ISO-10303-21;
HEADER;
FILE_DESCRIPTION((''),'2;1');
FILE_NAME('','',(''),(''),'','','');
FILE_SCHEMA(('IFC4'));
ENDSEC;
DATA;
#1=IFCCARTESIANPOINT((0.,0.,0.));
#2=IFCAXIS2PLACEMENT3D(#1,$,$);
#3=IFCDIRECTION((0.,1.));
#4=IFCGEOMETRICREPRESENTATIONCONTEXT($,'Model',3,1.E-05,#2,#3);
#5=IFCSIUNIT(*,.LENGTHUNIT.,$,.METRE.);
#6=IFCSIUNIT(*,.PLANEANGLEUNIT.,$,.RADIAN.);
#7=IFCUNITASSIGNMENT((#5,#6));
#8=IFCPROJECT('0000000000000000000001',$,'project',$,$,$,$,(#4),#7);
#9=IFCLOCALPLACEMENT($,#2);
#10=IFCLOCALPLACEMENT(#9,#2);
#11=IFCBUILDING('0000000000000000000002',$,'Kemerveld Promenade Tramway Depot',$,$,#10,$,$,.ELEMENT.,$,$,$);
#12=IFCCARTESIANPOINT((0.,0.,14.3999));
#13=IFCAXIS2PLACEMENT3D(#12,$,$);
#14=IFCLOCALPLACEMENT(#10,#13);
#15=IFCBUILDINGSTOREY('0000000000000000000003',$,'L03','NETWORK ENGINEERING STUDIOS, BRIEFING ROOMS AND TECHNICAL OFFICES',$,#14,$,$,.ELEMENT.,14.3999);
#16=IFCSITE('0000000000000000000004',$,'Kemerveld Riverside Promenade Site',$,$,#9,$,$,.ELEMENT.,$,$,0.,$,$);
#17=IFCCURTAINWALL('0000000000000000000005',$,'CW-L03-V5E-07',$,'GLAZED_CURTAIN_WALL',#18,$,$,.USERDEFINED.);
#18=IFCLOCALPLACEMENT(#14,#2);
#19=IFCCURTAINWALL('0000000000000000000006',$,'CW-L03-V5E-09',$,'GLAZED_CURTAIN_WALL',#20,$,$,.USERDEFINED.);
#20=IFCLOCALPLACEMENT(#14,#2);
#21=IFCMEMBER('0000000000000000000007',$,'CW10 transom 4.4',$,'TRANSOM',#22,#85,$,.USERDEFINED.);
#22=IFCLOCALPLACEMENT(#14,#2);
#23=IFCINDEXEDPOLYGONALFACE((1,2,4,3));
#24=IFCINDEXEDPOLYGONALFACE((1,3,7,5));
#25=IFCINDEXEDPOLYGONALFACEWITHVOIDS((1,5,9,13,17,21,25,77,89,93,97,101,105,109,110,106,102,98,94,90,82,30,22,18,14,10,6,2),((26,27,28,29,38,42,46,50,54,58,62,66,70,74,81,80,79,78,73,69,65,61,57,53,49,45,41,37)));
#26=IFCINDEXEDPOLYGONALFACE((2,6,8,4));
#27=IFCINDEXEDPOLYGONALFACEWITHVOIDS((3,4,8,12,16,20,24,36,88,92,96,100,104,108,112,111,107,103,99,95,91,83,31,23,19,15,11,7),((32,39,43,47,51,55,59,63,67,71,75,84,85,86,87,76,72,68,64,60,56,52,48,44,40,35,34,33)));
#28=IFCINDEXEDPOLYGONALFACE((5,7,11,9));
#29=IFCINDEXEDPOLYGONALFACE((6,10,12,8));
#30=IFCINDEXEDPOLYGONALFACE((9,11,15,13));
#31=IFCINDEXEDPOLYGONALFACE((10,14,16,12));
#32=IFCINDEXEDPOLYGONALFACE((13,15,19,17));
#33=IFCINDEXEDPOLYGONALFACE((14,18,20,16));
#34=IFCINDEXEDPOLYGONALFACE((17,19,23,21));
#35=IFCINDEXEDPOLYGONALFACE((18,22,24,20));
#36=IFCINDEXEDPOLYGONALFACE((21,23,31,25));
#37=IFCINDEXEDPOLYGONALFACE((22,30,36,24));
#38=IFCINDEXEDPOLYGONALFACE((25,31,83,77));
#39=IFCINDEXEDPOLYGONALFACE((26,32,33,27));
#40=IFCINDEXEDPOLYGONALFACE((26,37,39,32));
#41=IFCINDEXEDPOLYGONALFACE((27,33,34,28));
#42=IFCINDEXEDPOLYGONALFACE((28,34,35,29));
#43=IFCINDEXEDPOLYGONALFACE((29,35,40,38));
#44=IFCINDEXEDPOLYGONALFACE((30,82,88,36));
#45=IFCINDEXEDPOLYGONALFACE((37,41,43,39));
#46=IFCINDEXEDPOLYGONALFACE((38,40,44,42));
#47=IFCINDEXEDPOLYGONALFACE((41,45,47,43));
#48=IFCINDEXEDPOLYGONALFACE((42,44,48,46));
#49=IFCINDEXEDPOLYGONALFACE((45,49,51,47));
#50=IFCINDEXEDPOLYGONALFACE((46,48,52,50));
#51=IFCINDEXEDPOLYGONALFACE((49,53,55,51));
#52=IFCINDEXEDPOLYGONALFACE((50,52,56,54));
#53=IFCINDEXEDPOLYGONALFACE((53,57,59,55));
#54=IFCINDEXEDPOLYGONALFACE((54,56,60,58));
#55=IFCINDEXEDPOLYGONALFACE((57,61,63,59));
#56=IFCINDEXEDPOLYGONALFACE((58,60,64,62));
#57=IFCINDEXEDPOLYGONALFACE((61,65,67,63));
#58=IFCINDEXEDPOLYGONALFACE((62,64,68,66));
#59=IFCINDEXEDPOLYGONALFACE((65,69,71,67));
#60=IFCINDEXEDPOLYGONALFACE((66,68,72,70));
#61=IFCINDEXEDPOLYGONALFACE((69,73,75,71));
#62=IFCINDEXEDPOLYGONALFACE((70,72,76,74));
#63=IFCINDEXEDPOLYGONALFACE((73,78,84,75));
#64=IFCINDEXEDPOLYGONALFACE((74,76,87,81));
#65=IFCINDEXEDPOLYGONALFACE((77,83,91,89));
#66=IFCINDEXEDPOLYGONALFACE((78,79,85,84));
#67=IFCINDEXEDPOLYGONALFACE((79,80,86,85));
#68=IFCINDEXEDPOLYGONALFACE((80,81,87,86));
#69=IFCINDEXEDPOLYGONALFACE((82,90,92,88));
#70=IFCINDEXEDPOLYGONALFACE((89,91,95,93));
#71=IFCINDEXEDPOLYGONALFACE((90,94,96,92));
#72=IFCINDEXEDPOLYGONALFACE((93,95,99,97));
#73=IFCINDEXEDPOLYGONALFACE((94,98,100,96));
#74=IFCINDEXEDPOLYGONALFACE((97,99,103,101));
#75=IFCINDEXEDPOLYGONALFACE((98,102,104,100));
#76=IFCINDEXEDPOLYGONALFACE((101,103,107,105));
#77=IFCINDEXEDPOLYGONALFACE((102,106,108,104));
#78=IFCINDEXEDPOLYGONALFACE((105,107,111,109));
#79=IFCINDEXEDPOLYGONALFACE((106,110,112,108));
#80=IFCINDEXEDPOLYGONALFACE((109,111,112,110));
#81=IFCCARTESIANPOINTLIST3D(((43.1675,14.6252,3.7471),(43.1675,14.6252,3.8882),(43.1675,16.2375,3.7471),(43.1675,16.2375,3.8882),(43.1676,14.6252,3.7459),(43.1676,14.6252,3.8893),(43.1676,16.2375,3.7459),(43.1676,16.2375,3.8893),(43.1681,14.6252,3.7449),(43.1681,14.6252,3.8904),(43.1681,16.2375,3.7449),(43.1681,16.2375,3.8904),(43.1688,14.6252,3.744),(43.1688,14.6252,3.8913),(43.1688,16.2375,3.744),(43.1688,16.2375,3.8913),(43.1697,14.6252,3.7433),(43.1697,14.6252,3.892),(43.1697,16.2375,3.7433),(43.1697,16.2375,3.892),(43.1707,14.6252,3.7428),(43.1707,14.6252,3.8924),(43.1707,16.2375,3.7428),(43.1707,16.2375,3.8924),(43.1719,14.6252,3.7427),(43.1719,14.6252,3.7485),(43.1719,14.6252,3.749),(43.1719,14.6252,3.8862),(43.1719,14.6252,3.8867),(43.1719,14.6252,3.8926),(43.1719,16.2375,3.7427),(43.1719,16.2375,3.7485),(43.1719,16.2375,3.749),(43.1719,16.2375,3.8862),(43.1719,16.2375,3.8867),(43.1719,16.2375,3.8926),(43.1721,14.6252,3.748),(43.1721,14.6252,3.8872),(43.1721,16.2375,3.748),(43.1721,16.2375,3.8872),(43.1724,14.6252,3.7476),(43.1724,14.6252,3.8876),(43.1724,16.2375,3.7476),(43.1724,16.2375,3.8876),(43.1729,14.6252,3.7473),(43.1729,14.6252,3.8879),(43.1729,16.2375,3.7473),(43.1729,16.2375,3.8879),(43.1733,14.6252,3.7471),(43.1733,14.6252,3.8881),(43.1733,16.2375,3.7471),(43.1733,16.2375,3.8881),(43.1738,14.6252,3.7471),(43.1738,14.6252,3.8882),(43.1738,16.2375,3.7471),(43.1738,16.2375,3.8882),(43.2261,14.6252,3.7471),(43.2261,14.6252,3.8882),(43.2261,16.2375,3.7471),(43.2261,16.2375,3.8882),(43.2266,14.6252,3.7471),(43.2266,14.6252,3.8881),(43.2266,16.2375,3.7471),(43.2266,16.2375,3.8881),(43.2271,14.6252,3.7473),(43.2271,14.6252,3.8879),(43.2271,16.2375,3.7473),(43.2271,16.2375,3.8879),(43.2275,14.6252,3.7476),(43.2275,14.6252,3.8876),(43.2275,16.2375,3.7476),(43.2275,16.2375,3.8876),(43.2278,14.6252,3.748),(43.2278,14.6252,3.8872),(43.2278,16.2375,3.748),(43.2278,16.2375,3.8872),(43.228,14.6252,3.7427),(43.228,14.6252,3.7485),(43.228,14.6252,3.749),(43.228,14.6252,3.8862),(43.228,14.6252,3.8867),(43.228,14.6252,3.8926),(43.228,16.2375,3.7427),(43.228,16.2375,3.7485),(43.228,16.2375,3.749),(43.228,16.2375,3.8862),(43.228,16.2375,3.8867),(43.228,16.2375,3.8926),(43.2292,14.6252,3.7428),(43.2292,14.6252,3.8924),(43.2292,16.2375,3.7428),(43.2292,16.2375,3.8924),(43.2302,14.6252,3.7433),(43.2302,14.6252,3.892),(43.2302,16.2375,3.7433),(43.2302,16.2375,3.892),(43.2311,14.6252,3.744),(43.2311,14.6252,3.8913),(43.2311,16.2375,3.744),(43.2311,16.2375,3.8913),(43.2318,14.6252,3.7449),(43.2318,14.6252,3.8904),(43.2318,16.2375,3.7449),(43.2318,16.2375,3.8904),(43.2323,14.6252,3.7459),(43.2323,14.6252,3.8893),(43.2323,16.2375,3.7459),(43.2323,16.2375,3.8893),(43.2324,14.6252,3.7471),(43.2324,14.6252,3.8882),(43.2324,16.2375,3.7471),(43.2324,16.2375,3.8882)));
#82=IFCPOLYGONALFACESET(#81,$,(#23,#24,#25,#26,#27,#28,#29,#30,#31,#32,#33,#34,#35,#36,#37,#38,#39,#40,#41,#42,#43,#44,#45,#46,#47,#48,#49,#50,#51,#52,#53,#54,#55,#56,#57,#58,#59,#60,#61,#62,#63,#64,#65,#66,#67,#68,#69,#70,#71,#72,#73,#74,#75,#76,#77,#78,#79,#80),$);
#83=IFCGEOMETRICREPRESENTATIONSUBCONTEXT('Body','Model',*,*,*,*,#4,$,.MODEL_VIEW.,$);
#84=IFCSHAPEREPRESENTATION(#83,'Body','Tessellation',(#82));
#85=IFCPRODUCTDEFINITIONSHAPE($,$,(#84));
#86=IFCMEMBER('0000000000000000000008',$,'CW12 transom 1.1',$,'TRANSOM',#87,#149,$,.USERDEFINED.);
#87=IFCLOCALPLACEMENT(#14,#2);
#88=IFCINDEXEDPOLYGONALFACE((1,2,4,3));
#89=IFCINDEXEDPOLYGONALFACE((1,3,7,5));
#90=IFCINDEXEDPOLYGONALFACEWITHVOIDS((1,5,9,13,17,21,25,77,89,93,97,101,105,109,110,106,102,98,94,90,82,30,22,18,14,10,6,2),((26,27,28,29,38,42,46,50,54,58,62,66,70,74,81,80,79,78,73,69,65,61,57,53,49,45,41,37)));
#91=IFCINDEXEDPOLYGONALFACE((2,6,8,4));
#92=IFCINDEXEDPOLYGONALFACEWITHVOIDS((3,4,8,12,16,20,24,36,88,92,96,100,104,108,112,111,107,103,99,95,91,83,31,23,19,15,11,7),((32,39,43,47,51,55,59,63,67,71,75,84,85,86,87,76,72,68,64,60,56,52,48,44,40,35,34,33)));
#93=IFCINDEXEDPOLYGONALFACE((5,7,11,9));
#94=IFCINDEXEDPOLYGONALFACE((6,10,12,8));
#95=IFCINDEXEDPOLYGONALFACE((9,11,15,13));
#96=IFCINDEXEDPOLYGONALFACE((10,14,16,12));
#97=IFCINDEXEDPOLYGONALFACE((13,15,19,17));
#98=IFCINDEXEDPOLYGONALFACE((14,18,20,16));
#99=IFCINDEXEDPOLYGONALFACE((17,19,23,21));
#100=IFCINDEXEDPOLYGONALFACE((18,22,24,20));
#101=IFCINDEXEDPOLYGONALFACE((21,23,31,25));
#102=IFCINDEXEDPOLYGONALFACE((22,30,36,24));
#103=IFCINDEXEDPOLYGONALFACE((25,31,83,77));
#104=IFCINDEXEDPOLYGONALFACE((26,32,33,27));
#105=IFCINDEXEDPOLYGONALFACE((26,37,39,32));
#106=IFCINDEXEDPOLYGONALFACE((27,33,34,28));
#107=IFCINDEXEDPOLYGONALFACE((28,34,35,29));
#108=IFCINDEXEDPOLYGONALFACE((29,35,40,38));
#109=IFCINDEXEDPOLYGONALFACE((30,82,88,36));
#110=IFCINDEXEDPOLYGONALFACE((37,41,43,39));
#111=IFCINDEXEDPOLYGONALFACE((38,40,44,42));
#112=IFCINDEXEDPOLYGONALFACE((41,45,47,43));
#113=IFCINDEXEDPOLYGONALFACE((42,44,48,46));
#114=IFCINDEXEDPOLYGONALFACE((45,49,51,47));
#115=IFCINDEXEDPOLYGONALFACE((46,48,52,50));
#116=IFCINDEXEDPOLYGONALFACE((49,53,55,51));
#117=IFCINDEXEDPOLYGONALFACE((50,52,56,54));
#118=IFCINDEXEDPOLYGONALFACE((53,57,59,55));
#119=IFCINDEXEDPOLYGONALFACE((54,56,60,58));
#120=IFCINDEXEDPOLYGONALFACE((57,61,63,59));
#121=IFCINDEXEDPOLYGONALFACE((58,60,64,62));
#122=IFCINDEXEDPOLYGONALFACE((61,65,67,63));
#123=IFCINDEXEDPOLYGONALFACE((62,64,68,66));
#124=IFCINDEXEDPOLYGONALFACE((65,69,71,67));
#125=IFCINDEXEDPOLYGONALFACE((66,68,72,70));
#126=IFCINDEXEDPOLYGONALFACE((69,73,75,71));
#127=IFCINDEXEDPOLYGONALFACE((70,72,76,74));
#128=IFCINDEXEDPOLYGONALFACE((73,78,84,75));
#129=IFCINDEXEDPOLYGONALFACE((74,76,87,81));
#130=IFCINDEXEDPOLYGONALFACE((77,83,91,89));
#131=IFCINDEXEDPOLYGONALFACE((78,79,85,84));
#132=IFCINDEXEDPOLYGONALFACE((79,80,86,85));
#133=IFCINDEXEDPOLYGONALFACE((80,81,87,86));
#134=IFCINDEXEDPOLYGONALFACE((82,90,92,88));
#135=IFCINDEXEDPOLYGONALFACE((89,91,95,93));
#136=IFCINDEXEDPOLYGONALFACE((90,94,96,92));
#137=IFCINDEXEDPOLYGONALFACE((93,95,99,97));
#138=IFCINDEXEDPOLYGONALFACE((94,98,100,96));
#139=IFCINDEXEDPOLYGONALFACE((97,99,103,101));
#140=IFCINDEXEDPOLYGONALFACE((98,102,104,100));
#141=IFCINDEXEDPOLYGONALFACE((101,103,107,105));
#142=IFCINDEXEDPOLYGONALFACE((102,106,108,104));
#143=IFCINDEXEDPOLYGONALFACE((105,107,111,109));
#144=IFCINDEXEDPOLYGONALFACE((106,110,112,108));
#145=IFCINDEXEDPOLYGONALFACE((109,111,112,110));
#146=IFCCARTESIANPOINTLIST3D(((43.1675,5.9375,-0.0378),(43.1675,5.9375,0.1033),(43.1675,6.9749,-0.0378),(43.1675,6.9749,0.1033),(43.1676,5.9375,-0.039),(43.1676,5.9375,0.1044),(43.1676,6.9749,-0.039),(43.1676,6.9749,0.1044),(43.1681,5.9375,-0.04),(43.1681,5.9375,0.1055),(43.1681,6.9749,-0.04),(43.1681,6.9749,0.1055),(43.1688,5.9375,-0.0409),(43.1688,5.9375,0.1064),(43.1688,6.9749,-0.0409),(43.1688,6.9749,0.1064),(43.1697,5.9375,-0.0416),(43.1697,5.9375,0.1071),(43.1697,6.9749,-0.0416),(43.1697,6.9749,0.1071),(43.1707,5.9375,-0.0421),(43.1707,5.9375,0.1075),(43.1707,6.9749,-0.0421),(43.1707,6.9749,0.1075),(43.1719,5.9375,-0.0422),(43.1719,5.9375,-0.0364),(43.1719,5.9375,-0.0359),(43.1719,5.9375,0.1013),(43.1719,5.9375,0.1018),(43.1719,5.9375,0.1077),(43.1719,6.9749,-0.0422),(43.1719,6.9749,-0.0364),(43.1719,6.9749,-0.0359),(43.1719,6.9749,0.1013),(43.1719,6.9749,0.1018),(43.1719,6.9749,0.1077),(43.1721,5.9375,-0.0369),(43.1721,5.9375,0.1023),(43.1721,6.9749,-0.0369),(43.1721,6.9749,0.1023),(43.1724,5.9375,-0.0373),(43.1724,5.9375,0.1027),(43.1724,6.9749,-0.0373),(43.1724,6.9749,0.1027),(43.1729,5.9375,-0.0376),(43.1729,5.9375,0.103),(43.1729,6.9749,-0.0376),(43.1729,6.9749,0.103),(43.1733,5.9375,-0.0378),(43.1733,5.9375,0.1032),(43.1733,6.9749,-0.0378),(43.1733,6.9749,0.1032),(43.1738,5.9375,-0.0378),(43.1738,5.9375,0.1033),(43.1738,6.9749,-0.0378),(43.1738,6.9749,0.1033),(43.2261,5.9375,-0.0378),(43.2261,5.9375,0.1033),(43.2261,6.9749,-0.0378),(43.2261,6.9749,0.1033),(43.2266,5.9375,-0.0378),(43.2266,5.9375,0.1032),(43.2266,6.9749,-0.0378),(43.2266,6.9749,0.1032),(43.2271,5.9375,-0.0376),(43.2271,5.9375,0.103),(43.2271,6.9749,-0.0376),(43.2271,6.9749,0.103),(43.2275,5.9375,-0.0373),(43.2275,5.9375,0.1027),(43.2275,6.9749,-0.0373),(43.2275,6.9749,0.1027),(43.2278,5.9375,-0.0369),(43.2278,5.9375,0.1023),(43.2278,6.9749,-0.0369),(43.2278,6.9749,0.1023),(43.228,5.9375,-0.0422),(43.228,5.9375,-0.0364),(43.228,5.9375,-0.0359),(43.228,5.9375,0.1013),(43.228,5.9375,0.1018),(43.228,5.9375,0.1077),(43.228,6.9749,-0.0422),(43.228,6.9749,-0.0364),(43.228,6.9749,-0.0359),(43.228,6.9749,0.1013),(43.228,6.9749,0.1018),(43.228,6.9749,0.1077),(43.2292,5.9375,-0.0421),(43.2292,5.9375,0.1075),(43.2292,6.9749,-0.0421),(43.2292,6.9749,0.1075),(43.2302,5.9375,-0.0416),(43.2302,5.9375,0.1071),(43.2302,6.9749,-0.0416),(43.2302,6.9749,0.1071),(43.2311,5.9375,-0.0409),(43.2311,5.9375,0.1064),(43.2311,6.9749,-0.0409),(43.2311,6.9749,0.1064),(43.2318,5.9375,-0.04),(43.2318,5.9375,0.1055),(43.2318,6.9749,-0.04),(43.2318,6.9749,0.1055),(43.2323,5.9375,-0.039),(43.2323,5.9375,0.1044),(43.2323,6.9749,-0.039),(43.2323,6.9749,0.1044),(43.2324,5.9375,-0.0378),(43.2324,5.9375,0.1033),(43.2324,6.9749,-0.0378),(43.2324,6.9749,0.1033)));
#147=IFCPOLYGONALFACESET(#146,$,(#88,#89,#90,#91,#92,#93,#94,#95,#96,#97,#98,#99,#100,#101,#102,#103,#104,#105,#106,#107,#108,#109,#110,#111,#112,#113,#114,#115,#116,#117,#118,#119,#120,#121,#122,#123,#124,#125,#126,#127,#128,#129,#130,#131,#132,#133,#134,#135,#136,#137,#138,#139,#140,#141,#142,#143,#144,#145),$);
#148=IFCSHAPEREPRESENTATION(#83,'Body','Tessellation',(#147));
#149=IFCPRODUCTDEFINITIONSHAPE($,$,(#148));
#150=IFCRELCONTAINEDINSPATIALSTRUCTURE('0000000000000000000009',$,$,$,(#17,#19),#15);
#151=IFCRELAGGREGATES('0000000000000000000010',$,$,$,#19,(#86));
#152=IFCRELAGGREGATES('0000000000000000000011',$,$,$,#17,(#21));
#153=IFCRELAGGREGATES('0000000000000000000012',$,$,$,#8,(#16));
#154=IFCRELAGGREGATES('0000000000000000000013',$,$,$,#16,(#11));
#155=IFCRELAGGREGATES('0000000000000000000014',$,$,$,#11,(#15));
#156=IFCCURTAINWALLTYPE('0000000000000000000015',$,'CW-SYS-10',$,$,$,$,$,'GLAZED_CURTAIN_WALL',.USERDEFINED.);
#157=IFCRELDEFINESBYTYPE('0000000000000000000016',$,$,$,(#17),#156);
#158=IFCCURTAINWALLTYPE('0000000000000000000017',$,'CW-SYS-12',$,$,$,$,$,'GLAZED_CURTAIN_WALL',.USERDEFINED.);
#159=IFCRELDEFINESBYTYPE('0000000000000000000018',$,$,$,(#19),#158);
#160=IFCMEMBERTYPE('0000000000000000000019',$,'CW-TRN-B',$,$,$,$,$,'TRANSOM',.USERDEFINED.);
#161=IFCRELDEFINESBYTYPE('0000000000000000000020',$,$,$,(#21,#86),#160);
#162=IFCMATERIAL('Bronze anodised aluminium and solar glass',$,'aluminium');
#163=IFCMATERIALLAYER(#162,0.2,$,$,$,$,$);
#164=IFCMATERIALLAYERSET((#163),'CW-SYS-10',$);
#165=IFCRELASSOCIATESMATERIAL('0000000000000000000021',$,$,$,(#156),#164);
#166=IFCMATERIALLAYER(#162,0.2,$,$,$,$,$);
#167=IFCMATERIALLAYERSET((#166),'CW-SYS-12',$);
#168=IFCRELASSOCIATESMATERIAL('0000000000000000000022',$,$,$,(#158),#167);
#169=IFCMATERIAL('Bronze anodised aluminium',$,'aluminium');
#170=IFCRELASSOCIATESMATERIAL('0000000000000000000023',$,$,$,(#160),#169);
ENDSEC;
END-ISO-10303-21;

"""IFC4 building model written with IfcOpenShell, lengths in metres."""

from ifc_helpers import new_model, si_unit, direction, frame, origin, origin_2d, place, context, subcontext, project, spatial, hollow_rectangle, extrude, material, layer, layer_set, material_profile, profile_set, type_object, element, aggregate, save


model = new_model("IFC4")

# Units and contexts
model_context = context("Model", 3, precision=1e-05, world=origin(), true_north=direction((0.0, 1.0)))
body_context = subcontext(model_context, "Body", "Model", "MODEL_VIEW")
ifc_project = project(units=[si_unit("LENGTHUNIT", "METRE"), si_unit("PLANEANGLEUNIT", "RADIAN")], contexts=[model_context])

# Site, building, storey
site_placement = place(None, origin())
site = spatial("IfcSite", under=ifc_project, at=site_placement, Name="Kemerveld Riverside Promenade Site", CompositionType="ELEMENT", RefElevation=0.0)
building_placement = place(site_placement, origin())
building = spatial("IfcBuilding", under=site, at=building_placement, Name="Kemerveld Promenade Tramway Depot", CompositionType="ELEMENT")
storey_placement = place(building_placement, frame((0.0, 0.0, 14.3999)))
storey = spatial("IfcBuildingStorey", under=building, at=storey_placement, Name="L03", Description="NETWORK ENGINEERING STUDIOS, BRIEFING ROOMS AND TECHNICAL OFFICES", CompositionType="ELEMENT", Elevation=14.3999)

# Curtain wall
ifc_material_1 = material(Name="Bronze anodised aluminium and solar glass", Category="aluminium")
ifc_layer_1 = layer(ifc_material_1, 0.2)
ifc_layer_set_1 = layer_set([ifc_layer_1], Name="CW-SYS-10")
curtain_wall_type_1 = type_object("IfcCurtainWallType", Name="CW-SYS-10", ElementType="GLAZED_CURTAIN_WALL", PredefinedType="USERDEFINED", material=ifc_layer_set_1)
curtain_wall_1_placement = place(storey_placement, origin())
curtain_wall_1 = element("IfcCurtainWall", 1, at=curtain_wall_1_placement, inside=storey, type_object=curtain_wall_type_1, Name="CW-L03-V5E-07", ObjectType="GLAZED_CURTAIN_WALL", PredefinedType="USERDEFINED")
ifc_material_2 = material(Name="Bronze anodised aluminium", Category="aluminium")

# Curtain wall
ifc_layer_2 = layer(ifc_material_1, 0.2)
ifc_layer_set_2 = layer_set([ifc_layer_2], Name="CW-SYS-12")
curtain_wall_type_2 = type_object("IfcCurtainWallType", Name="CW-SYS-12", ElementType="GLAZED_CURTAIN_WALL", PredefinedType="USERDEFINED", material=ifc_layer_set_2)
curtain_wall_2_placement = place(storey_placement, origin())
curtain_wall_2 = element("IfcCurtainWall", 2, at=curtain_wall_2_placement, inside=storey, type_object=curtain_wall_type_2, Name="CW-L03-V5E-09", ObjectType="GLAZED_CURTAIN_WALL", PredefinedType="USERDEFINED")

# Members
ifc_material_profile_1 = material_profile(ifc_material_2, hollow_rectangle(XDim=0.0649, YDim=0.1499, WallThickness=0.0044, InnerFilletRadius=0.002, OuterFilletRadius=0.0044, at=origin_2d()), Name="CW-TRN-150x65")
ifc_profile_set_1 = profile_set([ifc_material_profile_1], Name="Bronze anodised aluminium")
member_type_1 = type_object("IfcMemberType", Name="CW-TRN-B", ElementType="TRANSOM", PredefinedType="USERDEFINED", material=ifc_profile_set_1)
member_1_placement = place(storey_placement, frame((43.2, 16.2375, 3.8176), z_axis=(0.0, -1.0, 0.0), x_axis=(1.0, 0.0, 0.0)))
member_1 = element("IfcMember", 3, at=member_1_placement, type_object=member_type_1, Name="CW10 transom 4.4", ObjectType="TRANSOM", PredefinedType="USERDEFINED", context=body_context, shape_type="SweptSolid", body=[
    extrude(hollow_rectangle(XDim=0.0649, YDim=0.1499, WallThickness=0.0044, InnerFilletRadius=0.002, OuterFilletRadius=0.0044, at=origin_2d()), origin(), (0.0, 0.0, 1.0), 1.6123),
])
member_2_placement = place(storey_placement, frame((43.2, 6.9749, 0.0327), z_axis=(0.0, -1.0, 0.0), x_axis=(1.0, 0.0, 0.0)))
member_2 = element("IfcMember", 4, at=member_2_placement, type_object=member_type_1, Name="CW12 transom 1.1", ObjectType="TRANSOM", PredefinedType="USERDEFINED", context=body_context, shape_type="SweptSolid", body=[
    extrude(hollow_rectangle(XDim=0.0649, YDim=0.1499, WallThickness=0.0044, InnerFilletRadius=0.002, OuterFilletRadius=0.0044, at=origin_2d()), origin(), (0.0, 0.0, 1.0), 1.0374),
])
aggregate(curtain_wall_2, [member_2])

aggregate(curtain_wall_1, [member_1])

save(model, "model.ifc")
